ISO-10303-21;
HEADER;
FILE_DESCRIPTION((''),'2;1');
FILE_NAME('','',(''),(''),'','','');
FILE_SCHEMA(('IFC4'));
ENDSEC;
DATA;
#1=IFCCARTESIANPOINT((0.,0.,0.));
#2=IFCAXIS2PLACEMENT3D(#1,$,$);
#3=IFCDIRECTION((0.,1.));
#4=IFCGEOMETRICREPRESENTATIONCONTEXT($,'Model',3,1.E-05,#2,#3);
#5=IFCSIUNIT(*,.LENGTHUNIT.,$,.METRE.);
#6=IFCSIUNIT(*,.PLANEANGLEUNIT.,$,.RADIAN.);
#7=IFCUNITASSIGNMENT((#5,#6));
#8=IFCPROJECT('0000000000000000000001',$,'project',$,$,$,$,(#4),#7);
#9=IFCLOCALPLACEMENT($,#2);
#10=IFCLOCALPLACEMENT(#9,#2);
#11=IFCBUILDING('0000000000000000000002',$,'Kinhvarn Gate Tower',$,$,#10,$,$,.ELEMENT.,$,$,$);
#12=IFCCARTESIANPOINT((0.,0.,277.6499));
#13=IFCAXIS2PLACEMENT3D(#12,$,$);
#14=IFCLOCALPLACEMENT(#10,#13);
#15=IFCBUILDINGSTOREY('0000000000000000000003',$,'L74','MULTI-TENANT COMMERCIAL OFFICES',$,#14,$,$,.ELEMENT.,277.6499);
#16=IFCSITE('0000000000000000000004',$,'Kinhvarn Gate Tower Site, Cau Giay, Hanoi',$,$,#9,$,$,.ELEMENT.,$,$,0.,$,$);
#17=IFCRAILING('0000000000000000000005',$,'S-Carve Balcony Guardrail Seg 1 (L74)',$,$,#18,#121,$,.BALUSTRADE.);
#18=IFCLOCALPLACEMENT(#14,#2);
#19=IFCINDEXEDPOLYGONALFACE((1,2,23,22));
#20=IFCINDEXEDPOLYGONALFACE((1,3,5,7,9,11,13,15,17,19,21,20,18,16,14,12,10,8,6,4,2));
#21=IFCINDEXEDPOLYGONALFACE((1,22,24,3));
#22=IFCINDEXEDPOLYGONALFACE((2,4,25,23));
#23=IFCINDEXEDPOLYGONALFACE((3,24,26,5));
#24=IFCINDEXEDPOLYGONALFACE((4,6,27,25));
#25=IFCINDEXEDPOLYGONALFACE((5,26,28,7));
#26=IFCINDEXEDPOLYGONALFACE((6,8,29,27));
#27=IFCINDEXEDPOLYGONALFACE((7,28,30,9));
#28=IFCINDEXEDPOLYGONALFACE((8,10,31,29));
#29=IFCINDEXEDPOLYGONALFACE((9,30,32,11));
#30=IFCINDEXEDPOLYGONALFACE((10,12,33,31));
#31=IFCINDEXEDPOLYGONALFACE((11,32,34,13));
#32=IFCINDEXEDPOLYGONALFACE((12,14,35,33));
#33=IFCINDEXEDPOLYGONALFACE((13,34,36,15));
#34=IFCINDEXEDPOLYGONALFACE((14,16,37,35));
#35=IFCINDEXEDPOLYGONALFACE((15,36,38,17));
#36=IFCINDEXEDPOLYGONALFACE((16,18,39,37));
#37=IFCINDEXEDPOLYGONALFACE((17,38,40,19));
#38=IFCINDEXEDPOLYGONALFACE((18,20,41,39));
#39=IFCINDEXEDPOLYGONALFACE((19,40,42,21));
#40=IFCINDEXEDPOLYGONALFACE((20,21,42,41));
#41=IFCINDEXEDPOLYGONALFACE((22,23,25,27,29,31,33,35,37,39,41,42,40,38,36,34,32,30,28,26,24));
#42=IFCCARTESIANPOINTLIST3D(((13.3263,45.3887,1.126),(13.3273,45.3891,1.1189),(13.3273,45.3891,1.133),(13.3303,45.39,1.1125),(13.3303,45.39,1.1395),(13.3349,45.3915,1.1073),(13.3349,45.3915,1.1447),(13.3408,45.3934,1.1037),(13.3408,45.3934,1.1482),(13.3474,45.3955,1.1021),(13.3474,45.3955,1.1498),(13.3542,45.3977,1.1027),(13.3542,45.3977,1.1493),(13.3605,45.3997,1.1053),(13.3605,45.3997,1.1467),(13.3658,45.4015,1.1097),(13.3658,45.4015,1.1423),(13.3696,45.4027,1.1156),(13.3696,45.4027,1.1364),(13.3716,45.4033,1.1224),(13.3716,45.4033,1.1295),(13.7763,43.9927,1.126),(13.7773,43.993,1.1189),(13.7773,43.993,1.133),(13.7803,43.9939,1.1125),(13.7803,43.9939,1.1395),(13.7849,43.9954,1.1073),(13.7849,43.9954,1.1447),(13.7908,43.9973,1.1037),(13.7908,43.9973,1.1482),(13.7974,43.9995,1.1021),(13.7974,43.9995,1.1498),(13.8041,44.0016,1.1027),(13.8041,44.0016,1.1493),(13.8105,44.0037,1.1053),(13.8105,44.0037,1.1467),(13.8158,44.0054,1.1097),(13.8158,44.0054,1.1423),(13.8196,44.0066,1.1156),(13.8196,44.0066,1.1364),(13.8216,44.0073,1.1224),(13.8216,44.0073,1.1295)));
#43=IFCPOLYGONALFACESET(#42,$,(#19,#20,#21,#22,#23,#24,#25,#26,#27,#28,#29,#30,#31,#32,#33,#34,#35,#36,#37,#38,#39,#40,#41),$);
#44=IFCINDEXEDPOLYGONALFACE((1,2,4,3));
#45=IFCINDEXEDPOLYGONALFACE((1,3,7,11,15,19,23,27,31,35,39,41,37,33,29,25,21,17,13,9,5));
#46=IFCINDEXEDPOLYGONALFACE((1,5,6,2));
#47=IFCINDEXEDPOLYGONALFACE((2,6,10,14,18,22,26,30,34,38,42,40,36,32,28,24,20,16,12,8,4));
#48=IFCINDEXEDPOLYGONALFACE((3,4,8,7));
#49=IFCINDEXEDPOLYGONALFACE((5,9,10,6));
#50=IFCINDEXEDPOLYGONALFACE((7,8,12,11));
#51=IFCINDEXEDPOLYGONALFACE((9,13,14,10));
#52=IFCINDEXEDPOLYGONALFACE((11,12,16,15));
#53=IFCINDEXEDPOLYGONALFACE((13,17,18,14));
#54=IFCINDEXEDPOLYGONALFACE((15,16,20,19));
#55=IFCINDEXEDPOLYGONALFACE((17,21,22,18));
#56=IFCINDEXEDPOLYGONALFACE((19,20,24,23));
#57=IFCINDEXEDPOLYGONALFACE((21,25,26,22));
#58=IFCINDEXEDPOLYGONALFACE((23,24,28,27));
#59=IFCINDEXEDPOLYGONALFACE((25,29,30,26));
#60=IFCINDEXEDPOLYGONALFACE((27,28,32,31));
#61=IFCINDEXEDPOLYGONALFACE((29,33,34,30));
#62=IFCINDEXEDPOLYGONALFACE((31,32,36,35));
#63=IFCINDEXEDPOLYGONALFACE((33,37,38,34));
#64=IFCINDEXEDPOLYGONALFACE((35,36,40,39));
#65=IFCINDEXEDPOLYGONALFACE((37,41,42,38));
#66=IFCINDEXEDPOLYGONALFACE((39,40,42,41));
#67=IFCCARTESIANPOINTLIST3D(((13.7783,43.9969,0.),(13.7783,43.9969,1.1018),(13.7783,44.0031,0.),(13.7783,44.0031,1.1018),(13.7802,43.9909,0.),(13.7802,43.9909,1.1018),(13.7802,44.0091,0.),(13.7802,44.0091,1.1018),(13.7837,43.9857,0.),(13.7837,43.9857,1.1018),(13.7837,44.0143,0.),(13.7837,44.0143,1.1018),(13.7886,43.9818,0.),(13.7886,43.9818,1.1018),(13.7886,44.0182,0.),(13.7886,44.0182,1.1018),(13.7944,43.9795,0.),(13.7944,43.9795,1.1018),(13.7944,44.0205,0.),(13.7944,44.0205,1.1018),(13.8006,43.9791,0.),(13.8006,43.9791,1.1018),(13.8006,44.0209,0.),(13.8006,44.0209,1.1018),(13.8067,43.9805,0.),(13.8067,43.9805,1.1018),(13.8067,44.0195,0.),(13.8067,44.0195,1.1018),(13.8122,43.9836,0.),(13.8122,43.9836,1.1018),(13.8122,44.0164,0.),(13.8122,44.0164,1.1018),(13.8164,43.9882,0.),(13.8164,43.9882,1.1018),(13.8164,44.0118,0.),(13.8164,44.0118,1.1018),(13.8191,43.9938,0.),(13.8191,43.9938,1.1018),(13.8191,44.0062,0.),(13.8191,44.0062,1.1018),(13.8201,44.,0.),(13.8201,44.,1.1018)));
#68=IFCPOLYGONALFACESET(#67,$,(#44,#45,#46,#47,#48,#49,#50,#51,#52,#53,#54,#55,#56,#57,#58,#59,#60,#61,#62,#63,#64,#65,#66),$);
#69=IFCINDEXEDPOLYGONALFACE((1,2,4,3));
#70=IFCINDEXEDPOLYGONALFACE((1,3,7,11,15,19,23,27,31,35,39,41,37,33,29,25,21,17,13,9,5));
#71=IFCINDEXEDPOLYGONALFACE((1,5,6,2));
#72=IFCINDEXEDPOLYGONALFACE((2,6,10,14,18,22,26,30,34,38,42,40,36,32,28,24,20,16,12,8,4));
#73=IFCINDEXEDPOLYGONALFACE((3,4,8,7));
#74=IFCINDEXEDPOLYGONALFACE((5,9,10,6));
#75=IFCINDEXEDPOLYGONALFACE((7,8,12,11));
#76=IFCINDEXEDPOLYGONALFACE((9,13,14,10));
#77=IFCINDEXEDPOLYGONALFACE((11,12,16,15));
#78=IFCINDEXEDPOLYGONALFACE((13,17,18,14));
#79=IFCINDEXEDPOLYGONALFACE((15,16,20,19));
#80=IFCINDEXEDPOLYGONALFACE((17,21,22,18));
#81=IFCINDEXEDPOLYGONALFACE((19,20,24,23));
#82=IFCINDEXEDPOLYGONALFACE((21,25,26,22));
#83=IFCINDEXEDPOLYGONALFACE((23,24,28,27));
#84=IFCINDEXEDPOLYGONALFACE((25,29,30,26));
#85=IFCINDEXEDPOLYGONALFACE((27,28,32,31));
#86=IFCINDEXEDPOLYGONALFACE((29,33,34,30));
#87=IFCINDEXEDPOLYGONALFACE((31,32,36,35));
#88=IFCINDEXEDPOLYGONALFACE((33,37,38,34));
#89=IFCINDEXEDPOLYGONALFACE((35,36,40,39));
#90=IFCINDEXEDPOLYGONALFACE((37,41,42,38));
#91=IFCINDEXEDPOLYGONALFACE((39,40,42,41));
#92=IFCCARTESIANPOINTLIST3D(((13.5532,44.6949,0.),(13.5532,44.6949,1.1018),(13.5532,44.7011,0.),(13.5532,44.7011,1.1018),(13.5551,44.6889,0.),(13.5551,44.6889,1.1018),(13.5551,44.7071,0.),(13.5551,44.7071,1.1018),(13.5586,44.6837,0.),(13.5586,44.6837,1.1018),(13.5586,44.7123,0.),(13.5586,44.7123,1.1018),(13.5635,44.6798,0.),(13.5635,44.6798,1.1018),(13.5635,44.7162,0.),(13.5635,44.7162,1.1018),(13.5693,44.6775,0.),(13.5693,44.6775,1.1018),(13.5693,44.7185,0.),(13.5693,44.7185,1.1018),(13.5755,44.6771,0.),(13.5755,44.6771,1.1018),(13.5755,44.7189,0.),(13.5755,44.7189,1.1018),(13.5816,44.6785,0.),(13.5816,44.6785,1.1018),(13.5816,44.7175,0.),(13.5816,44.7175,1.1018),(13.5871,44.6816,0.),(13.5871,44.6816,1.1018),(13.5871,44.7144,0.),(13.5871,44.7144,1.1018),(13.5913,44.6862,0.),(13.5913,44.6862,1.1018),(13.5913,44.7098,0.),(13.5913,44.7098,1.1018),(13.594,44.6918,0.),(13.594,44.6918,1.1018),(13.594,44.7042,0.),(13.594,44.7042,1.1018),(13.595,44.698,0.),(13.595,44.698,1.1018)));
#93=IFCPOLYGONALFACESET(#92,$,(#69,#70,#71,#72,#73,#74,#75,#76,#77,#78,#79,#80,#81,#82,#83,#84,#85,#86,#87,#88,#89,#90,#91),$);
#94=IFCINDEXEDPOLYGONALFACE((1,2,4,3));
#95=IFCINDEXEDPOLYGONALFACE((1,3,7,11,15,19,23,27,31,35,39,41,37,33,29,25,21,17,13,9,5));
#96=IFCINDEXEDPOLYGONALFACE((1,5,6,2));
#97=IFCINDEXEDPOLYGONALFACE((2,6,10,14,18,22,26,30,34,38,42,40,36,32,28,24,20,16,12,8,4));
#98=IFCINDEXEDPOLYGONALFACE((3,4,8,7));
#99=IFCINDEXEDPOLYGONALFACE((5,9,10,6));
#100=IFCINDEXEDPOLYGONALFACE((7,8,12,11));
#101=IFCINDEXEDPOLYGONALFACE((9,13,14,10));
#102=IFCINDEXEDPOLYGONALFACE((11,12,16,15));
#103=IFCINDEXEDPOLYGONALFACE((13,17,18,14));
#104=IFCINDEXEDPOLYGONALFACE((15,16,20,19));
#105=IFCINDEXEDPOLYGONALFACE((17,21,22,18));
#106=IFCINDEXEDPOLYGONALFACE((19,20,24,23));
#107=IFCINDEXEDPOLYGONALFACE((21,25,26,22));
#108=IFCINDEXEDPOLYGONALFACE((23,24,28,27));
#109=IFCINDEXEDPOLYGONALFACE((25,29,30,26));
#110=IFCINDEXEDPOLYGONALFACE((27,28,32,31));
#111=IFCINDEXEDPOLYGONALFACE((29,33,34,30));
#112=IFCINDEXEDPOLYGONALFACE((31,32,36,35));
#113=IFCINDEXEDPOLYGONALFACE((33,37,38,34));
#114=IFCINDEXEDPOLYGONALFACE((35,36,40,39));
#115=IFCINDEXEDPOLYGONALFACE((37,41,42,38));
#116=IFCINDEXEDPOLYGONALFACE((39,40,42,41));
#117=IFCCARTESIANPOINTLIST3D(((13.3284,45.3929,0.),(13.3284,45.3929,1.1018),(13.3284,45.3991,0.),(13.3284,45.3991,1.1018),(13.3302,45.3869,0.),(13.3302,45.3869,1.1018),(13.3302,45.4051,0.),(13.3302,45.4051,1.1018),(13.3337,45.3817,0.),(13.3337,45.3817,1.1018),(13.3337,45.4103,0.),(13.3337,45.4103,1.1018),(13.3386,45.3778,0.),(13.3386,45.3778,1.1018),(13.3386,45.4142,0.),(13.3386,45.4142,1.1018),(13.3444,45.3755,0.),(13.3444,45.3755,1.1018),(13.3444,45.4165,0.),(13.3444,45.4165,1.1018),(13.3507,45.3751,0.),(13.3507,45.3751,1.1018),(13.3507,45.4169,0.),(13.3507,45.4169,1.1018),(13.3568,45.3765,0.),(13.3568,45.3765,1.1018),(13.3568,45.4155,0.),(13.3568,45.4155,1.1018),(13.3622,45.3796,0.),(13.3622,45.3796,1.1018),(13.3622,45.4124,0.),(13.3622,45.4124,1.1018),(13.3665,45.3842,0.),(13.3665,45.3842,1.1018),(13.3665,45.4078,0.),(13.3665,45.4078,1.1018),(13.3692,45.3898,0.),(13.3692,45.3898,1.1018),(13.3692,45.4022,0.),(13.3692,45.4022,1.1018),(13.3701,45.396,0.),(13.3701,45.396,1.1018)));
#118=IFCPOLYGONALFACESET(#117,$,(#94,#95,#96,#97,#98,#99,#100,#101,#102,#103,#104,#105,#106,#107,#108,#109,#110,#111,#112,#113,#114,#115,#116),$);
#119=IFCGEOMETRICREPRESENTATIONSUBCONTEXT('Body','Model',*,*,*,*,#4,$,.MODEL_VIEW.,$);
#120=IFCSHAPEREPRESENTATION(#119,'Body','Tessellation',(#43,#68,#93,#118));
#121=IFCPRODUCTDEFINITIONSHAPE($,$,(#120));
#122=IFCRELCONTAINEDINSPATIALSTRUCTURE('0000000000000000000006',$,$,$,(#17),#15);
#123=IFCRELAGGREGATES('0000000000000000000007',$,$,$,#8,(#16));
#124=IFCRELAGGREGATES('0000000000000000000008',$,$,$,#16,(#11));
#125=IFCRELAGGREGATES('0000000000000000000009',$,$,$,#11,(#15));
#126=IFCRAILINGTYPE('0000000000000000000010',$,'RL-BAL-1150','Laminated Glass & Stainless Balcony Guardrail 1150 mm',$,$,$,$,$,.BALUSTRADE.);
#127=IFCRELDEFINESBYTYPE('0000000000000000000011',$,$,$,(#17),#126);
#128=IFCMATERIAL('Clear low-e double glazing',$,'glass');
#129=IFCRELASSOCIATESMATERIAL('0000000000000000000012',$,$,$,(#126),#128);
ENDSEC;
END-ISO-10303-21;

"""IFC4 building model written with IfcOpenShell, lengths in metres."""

from ifc_helpers import new_model, si_unit, direction, frame, origin, origin_2d, place, context, subcontext, project, spatial, circle, extrude, material, type_object, element, save


model = new_model("IFC4")

# Units and contexts
model_context = context("Model", 3, precision=1e-05, world=origin(), true_north=direction((0.0, 1.0)))
body_context = subcontext(model_context, "Body", "Model", "MODEL_VIEW")
ifc_project = project(units=[si_unit("LENGTHUNIT", "METRE"), si_unit("PLANEANGLEUNIT", "RADIAN")], contexts=[model_context])

# Site, building, storey
site_placement = place(None, origin())
site = spatial("IfcSite", under=ifc_project, at=site_placement, Name="Kinhvarn Gate Tower Site, Cau Giay, Hanoi", CompositionType="ELEMENT", RefElevation=0.0)
building_placement = place(site_placement, origin())
building = spatial("IfcBuilding", under=site, at=building_placement, Name="Kinhvarn Gate Tower", CompositionType="ELEMENT")
storey_placement = place(building_placement, frame((0.0, 0.0, 277.6499)))
storey = spatial("IfcBuildingStorey", under=building, at=storey_placement, Name="L74", Description="MULTI-TENANT COMMERCIAL OFFICES", CompositionType="ELEMENT", Elevation=277.6499)

# Shared definitions
ifc_material_1 = material(Name="Clear low-e double glazing", Category="glass")

# Railing
railing_type_1 = type_object("IfcRailingType", Name="RL-BAL-1150", Description="Laminated Glass & Stainless Balcony Guardrail 1150 mm", PredefinedType="BALUSTRADE", material=ifc_material_1)
railing_1_placement = place(storey_placement, frame((13.7991, 44.0, 0.0)))
element("IfcRailing", 1, at=railing_1_placement, inside=storey, type_object=railing_type_1, Name="S-Carve Balcony Guardrail Seg 1 (L74)", PredefinedType="BALUSTRADE", context=body_context, shape_type="SweptSolid", body=[
    extrude(circle(Radius=0.0239, at=origin_2d()), frame((0.0, 0.0, 1.126), z_axis=(-0.306774, 0.951782, 0.0), x_axis=(-0.951782, -0.306774, 0.0)), (0.0, 0.0, 1.0), 1.4668),
    extrude(circle(Radius=0.021, at=origin_2d()), origin(), (0.0, 0.0, 1.0), 1.1018),
    extrude(circle(Radius=0.021, at=origin_2d()), frame((-0.2251, 0.698, 0.0)), (0.0, 0.0, 1.0), 1.1018),
    extrude(circle(Radius=0.021, at=origin_2d()), frame((-0.45, 1.396, 0.0)), (0.0, 0.0, 1.0), 1.1018),
])

save(model, "model.ifc")
